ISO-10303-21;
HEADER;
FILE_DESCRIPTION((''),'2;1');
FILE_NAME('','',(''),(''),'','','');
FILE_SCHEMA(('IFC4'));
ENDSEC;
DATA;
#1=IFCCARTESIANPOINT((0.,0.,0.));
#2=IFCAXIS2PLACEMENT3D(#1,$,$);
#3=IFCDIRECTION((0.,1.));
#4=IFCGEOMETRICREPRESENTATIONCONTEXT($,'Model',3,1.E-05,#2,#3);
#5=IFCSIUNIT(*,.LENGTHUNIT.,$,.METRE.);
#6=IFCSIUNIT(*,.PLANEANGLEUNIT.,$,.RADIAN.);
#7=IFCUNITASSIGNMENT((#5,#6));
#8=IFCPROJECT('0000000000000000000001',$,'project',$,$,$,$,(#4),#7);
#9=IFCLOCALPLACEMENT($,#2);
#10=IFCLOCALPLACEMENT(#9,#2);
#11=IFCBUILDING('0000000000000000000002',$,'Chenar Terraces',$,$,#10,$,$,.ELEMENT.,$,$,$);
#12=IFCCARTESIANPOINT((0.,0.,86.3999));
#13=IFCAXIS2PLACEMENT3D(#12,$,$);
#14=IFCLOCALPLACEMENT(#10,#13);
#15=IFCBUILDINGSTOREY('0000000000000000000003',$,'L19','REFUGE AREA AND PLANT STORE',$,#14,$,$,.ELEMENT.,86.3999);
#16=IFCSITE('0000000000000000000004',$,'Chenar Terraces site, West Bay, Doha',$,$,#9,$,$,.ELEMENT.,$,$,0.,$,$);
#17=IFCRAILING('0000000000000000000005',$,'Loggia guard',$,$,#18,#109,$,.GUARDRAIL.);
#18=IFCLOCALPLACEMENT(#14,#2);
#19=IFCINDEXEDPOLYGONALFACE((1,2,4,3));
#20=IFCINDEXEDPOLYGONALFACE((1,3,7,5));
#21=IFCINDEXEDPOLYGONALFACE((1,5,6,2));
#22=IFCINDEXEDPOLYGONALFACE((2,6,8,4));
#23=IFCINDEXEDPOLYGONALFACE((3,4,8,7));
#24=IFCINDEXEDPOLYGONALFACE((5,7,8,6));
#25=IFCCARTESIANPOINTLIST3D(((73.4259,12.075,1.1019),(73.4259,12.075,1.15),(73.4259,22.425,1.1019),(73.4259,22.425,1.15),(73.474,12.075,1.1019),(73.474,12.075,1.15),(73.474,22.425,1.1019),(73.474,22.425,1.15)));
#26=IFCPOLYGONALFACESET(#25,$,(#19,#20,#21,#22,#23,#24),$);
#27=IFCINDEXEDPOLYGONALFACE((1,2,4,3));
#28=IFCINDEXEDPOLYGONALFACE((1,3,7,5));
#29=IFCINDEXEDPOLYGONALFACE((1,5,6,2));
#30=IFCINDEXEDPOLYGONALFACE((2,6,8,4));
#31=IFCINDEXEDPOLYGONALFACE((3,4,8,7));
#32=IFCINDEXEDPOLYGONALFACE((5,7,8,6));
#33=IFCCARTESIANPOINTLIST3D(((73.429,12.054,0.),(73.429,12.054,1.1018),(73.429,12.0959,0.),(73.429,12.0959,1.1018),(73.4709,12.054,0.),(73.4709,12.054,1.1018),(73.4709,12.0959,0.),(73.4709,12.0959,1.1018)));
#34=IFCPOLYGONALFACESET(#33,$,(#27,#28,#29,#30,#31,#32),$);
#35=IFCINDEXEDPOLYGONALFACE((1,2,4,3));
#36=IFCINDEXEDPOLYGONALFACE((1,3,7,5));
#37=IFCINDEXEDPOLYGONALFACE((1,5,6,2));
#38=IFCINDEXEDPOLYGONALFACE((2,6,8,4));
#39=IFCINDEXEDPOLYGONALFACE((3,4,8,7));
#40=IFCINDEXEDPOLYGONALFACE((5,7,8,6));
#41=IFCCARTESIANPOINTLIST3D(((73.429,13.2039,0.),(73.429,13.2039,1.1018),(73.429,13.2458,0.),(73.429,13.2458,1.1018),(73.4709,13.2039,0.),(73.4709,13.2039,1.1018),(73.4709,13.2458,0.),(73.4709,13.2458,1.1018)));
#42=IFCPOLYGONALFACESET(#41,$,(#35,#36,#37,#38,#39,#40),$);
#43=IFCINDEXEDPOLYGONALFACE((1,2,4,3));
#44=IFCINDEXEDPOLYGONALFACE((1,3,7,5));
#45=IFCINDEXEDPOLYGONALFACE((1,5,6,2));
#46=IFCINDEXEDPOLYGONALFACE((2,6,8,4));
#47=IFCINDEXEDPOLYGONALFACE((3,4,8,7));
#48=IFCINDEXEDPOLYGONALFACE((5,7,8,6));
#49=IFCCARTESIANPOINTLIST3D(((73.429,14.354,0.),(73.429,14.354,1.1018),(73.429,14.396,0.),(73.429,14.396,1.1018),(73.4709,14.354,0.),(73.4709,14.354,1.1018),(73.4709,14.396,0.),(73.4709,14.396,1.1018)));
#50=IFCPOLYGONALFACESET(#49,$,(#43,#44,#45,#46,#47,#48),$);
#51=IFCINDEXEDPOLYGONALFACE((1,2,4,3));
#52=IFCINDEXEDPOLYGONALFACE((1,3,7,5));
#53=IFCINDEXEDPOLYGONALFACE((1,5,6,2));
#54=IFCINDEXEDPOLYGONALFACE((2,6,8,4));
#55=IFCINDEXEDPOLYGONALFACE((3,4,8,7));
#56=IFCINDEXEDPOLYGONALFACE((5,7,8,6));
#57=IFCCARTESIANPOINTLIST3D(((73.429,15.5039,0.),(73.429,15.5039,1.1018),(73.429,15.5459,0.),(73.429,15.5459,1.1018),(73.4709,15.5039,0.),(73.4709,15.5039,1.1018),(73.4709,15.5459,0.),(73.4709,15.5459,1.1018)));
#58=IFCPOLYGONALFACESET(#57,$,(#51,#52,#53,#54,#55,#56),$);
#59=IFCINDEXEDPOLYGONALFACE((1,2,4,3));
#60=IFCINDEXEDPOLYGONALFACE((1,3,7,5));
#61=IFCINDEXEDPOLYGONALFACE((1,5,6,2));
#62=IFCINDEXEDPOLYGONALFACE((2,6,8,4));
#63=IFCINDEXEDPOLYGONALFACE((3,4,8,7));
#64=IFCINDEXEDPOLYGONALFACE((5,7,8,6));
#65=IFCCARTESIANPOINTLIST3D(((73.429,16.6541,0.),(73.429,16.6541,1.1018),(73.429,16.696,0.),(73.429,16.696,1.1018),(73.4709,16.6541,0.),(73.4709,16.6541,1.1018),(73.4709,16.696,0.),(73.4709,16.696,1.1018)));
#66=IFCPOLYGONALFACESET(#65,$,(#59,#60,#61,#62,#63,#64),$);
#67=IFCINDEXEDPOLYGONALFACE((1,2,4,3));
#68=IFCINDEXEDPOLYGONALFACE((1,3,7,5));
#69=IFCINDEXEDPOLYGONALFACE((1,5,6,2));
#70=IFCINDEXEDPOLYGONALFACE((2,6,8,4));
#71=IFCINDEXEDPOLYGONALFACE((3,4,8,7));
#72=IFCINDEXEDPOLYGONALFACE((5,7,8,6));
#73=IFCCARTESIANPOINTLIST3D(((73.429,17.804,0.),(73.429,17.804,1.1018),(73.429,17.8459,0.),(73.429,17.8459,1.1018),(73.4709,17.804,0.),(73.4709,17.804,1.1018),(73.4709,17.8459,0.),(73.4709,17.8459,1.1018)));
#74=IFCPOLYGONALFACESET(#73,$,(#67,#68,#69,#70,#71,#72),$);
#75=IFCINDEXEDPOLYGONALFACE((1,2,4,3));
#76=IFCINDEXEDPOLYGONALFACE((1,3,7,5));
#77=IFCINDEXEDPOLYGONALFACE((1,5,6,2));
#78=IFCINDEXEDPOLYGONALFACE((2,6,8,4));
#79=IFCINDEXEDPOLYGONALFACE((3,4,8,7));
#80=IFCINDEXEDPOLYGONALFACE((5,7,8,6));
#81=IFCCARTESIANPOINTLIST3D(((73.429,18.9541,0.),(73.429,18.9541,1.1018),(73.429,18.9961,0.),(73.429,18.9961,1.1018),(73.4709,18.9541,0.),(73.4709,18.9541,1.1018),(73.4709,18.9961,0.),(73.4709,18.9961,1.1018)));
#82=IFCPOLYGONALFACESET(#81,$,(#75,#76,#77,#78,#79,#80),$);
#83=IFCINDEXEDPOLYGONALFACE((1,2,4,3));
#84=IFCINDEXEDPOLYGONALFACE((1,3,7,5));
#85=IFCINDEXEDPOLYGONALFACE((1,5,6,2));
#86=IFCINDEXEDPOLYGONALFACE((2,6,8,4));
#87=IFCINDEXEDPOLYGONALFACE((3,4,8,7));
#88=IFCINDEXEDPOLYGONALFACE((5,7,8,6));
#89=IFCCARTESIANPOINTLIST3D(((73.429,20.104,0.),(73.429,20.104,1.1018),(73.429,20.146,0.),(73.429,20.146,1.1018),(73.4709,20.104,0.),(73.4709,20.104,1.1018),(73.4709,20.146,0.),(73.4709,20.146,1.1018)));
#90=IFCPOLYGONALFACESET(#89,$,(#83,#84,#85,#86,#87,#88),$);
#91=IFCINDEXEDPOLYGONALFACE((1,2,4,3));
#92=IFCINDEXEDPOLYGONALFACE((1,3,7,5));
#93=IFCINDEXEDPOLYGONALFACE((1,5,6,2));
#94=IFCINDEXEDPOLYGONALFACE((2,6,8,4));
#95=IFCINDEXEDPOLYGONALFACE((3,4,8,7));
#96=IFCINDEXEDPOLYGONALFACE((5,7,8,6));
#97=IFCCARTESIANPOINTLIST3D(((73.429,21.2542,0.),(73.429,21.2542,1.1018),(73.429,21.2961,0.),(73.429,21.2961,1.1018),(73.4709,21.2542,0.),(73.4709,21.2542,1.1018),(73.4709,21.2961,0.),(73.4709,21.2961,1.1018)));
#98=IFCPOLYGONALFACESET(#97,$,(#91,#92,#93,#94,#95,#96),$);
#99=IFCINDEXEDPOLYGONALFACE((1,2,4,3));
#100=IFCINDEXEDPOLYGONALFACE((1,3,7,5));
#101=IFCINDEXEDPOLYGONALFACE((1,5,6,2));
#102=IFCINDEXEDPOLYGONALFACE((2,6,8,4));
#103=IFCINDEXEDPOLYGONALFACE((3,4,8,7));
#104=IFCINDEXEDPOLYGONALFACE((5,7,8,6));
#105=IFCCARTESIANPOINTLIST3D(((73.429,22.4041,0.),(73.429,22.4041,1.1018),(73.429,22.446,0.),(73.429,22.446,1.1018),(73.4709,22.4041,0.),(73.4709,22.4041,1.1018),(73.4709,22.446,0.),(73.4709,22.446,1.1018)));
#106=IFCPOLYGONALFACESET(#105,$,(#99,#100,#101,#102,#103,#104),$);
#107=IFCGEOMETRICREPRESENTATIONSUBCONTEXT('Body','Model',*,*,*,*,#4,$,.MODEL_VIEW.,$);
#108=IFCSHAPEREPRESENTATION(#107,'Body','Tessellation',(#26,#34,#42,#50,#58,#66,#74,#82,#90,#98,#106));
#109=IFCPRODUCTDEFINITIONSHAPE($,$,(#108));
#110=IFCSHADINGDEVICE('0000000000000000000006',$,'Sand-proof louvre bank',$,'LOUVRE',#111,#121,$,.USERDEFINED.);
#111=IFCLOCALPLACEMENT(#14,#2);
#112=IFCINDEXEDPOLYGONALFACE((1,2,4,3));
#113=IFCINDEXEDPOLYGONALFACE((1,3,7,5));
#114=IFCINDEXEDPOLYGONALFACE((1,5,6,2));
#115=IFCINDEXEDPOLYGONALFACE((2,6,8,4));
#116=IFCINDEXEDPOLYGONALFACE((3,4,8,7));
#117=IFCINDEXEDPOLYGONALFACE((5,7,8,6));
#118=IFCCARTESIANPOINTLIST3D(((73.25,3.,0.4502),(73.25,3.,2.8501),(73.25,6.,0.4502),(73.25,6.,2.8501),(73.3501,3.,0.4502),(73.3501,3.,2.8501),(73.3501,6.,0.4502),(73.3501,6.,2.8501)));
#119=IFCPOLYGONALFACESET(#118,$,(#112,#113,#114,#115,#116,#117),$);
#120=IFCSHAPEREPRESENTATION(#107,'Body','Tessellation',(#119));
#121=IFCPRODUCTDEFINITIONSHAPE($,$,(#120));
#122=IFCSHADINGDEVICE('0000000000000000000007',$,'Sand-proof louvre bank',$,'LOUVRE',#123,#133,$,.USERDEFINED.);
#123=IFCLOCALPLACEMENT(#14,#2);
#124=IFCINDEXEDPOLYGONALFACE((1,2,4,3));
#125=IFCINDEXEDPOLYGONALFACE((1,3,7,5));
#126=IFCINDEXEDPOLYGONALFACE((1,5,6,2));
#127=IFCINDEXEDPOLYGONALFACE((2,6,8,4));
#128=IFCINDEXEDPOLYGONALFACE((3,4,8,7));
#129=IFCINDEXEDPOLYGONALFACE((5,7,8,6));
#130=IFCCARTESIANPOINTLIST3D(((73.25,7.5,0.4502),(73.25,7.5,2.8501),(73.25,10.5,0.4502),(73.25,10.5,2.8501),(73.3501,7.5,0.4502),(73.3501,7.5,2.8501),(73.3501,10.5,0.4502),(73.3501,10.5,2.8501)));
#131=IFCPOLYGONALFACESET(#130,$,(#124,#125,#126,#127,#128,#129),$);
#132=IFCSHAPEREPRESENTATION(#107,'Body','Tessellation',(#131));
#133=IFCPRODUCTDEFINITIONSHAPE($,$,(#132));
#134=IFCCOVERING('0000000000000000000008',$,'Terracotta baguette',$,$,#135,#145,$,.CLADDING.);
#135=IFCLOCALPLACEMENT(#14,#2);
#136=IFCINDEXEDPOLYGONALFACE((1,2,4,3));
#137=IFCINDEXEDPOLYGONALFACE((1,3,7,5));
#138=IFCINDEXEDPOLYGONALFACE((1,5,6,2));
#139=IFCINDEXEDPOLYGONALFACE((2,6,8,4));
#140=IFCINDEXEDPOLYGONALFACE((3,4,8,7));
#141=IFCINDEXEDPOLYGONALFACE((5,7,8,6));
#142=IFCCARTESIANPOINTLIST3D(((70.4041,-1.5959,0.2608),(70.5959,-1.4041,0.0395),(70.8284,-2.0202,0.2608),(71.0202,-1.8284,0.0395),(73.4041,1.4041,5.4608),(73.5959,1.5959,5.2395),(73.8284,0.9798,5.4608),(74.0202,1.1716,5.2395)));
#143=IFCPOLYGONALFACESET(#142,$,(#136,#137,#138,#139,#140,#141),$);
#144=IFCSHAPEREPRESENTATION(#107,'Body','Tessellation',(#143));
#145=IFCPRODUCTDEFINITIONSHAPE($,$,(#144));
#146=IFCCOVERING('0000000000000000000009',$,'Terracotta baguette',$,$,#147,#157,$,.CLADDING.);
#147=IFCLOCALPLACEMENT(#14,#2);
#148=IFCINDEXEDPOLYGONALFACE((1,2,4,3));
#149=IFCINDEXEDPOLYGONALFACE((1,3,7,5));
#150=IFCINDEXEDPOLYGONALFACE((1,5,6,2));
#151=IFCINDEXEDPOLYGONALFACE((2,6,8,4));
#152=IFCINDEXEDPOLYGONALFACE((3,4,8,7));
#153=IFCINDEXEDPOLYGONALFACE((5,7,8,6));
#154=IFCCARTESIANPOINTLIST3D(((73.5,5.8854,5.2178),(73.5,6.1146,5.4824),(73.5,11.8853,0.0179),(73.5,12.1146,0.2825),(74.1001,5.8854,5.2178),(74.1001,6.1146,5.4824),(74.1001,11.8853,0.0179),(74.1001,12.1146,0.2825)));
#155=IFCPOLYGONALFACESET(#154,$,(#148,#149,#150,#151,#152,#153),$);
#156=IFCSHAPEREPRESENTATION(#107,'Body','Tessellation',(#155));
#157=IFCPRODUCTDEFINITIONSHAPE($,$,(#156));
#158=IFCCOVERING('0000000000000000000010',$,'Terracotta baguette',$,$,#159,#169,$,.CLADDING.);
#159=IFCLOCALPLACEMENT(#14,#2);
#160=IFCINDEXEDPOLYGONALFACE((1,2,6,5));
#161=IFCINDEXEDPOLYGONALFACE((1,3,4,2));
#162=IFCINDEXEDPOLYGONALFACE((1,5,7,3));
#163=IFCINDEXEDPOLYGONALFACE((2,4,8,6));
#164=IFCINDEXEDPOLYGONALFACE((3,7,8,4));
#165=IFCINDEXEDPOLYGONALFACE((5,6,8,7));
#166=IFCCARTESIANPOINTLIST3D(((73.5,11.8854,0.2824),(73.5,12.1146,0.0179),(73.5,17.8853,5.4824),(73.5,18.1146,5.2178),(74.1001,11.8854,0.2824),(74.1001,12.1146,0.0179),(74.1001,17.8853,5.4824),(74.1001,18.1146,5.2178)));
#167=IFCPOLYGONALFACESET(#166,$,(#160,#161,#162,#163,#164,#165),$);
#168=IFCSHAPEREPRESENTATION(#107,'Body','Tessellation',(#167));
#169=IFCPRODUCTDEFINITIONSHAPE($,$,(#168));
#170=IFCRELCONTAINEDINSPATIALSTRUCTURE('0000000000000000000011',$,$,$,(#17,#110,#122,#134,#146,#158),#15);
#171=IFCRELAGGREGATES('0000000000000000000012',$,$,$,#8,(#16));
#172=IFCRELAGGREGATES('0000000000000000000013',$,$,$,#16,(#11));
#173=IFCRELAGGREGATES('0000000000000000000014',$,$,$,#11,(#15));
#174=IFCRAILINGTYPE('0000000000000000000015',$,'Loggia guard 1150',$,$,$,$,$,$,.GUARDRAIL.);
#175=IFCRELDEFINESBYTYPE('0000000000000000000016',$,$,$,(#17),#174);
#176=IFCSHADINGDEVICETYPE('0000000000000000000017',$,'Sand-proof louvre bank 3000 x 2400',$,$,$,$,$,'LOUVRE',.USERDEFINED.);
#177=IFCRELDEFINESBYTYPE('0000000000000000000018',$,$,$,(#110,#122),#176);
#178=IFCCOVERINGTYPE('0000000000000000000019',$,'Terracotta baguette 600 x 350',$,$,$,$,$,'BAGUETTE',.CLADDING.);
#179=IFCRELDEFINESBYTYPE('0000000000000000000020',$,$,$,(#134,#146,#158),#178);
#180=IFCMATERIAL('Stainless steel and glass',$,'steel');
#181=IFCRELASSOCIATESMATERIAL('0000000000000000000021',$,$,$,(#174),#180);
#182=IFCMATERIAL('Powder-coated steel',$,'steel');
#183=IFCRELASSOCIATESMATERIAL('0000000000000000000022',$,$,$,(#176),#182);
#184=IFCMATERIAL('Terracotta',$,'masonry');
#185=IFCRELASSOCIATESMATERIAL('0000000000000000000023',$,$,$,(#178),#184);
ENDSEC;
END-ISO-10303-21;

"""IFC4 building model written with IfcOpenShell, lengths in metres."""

from ifc_helpers import new_model, si_unit, direction, frame, origin, origin_2d, place, context, subcontext, project, spatial, rectangle, extrude, material, material_profile, profile_set, type_object, element, save


model = new_model("IFC4")

# Units and contexts
model_context = context("Model", 3, precision=1e-05, world=origin(), true_north=direction((0.0, 1.0)))
body_context = subcontext(model_context, "Body", "Model", "MODEL_VIEW")
ifc_project = project(units=[si_unit("LENGTHUNIT", "METRE"), si_unit("PLANEANGLEUNIT", "RADIAN")], contexts=[model_context])

# Site, building, storey
site_placement = place(None, origin())
site = spatial("IfcSite", under=ifc_project, at=site_placement, Name="Chenar Terraces site, West Bay, Doha", CompositionType="ELEMENT", RefElevation=0.0)
building_placement = place(site_placement, origin())
building = spatial("IfcBuilding", under=site, at=building_placement, Name="Chenar Terraces", CompositionType="ELEMENT")
storey_placement = place(building_placement, frame((0.0, 0.0, 86.3999)))
storey = spatial("IfcBuildingStorey", under=building, at=storey_placement, Name="L19", Description="REFUGE AREA AND PLANT STORE", CompositionType="ELEMENT", Elevation=86.3999)

# Railing
ifc_material_1 = material(Name="Stainless steel and glass", Category="steel")
railing_type = type_object("IfcRailingType", Name="Loggia guard 1150", PredefinedType="GUARDRAIL", material=ifc_material_1)
railing_placement = place(storey_placement, frame((73.45, 12.075, 0.0)))
element("IfcRailing", 1, at=railing_placement, inside=storey, type_object=railing_type, Name="Loggia guard", PredefinedType="GUARDRAIL", context=body_context, shape_type="SweptSolid", body=[
    extrude(rectangle(XDim=0.0481, YDim=0.0481, at=origin_2d()), frame((0.0, 0.0, 1.126), z_axis=(0.0, 1.0, 0.0), x_axis=(-1.0, 0.0, 0.0)), (0.0, 0.0, 1.0), 10.3501),
    extrude(rectangle(XDim=0.042, YDim=0.042, at=origin_2d()), origin(), (0.0, 0.0, 1.0), 1.1018),
    extrude(rectangle(XDim=0.042, YDim=0.042, at=origin_2d()), frame((0.0, 1.1499, 0.0)), (0.0, 0.0, 1.0), 1.1018),
    extrude(rectangle(XDim=0.042, YDim=0.042, at=origin_2d()), frame((0.0, 2.3, 0.0)), (0.0, 0.0, 1.0), 1.1018),
    extrude(rectangle(XDim=0.042, YDim=0.042, at=origin_2d()), frame((0.0, 3.45, 0.0)), (0.0, 0.0, 1.0), 1.1018),
    extrude(rectangle(XDim=0.042, YDim=0.042, at=origin_2d()), frame((0.0, 4.6001, 0.0)), (0.0, 0.0, 1.0), 1.1018),
    extrude(rectangle(XDim=0.042, YDim=0.042, at=origin_2d()), frame((0.0, 5.75, 0.0)), (0.0, 0.0, 1.0), 1.1018),
    extrude(rectangle(XDim=0.042, YDim=0.042, at=origin_2d()), frame((0.0, 6.9001, 0.0)), (0.0, 0.0, 1.0), 1.1018),
    extrude(rectangle(XDim=0.042, YDim=0.042, at=origin_2d()), frame((0.0, 8.05, 0.0)), (0.0, 0.0, 1.0), 1.1018),
    extrude(rectangle(XDim=0.042, YDim=0.042, at=origin_2d()), frame((0.0, 9.2002, 0.0)), (0.0, 0.0, 1.0), 1.1018),
    extrude(rectangle(XDim=0.042, YDim=0.042, at=origin_2d()), frame((0.0, 10.3501, 0.0)), (0.0, 0.0, 1.0), 1.1018),
])

# Shading devices
ifc_material_2 = material(Name="Powder-coated steel", Category="steel")
shading_device_type = type_object("IfcShadingDeviceType", Name="Sand-proof louvre bank 3000 x 2400", ElementType="LOUVRE", PredefinedType="USERDEFINED", material=ifc_material_2)
for number, where, z_axis, x_axis, name in (
    (2, (73.3, 4.5, 0.4502), (0.0, 0.0, 1.0), (0.0, 1.0, 0.0), "Sand-proof louvre bank"),
    (3, (73.3, 9.0, 0.4502), (0.0, 0.0, 1.0), (0.0, 1.0, 0.0), "Sand-proof louvre bank"),
):
    element("IfcShadingDevice", number, at=place(storey_placement, frame(where, z_axis=z_axis, x_axis=x_axis)), inside=storey, type_object=shading_device_type, Name=name, ObjectType="LOUVRE", PredefinedType="USERDEFINED", context=body_context, shape_type="SweptSolid", body=[
        extrude(rectangle(XDim=3.0, YDim=0.1001, at=origin_2d()), origin(), (0.0, 0.0, 1.0), 2.3999),
    ])

# Coverings
ifc_material_3 = material(Name="Terracotta", Category="masonry")
ifc_material_profile_1 = material_profile(ifc_material_3, rectangle(XDim=0.6001, YDim=0.3501, at=origin_2d()), Name="Terracotta baguette 600 x 350")
ifc_profile_set_1 = profile_set([ifc_material_profile_1], Name="Terracotta")
covering_type = type_object("IfcCoveringType", Name="Terracotta baguette 600 x 350", ElementType="BAGUETTE", PredefinedType="CLADDING", material=ifc_profile_set_1)
covering_placement = place(storey_placement, frame((70.7122, -1.7122, 0.1501), z_axis=(0.447017, 0.447017, 0.774823), x_axis=(-0.707107, 0.707107, 0.0)))
element("IfcCovering", 4, at=covering_placement, inside=storey, type_object=covering_type, Name="Terracotta baguette", PredefinedType="CLADDING", context=body_context, shape_type="SweptSolid", body=[
    extrude(rectangle(XDim=0.6001, YDim=0.3501, at=origin_2d()), origin(), (0.0, 0.0, 1.0), 6.7112),
])
for number, where, z_axis, x_axis, name in (
    (5, (73.8, 6.0, 5.3501), (0.0, 0.755692, -0.654927), (-1.0, 0.0, 0.0), "Terracotta baguette"),
    (6, (73.8, 12.0, 0.1501), (0.0, 0.755692, 0.654927), (-1.0, 0.0, 0.0), "Terracotta baguette"),
):
    element("IfcCovering", number, at=place(storey_placement, frame(where, z_axis=z_axis, x_axis=x_axis)), inside=storey, type_object=covering_type, Name=name, PredefinedType="CLADDING", context=body_context, shape_type="SweptSolid", body=[
        extrude(rectangle(XDim=0.6001, YDim=0.3501, at=origin_2d()), origin(), (0.0, 0.0, 1.0), 7.9397),
    ])

save(model, "model.ifc")
